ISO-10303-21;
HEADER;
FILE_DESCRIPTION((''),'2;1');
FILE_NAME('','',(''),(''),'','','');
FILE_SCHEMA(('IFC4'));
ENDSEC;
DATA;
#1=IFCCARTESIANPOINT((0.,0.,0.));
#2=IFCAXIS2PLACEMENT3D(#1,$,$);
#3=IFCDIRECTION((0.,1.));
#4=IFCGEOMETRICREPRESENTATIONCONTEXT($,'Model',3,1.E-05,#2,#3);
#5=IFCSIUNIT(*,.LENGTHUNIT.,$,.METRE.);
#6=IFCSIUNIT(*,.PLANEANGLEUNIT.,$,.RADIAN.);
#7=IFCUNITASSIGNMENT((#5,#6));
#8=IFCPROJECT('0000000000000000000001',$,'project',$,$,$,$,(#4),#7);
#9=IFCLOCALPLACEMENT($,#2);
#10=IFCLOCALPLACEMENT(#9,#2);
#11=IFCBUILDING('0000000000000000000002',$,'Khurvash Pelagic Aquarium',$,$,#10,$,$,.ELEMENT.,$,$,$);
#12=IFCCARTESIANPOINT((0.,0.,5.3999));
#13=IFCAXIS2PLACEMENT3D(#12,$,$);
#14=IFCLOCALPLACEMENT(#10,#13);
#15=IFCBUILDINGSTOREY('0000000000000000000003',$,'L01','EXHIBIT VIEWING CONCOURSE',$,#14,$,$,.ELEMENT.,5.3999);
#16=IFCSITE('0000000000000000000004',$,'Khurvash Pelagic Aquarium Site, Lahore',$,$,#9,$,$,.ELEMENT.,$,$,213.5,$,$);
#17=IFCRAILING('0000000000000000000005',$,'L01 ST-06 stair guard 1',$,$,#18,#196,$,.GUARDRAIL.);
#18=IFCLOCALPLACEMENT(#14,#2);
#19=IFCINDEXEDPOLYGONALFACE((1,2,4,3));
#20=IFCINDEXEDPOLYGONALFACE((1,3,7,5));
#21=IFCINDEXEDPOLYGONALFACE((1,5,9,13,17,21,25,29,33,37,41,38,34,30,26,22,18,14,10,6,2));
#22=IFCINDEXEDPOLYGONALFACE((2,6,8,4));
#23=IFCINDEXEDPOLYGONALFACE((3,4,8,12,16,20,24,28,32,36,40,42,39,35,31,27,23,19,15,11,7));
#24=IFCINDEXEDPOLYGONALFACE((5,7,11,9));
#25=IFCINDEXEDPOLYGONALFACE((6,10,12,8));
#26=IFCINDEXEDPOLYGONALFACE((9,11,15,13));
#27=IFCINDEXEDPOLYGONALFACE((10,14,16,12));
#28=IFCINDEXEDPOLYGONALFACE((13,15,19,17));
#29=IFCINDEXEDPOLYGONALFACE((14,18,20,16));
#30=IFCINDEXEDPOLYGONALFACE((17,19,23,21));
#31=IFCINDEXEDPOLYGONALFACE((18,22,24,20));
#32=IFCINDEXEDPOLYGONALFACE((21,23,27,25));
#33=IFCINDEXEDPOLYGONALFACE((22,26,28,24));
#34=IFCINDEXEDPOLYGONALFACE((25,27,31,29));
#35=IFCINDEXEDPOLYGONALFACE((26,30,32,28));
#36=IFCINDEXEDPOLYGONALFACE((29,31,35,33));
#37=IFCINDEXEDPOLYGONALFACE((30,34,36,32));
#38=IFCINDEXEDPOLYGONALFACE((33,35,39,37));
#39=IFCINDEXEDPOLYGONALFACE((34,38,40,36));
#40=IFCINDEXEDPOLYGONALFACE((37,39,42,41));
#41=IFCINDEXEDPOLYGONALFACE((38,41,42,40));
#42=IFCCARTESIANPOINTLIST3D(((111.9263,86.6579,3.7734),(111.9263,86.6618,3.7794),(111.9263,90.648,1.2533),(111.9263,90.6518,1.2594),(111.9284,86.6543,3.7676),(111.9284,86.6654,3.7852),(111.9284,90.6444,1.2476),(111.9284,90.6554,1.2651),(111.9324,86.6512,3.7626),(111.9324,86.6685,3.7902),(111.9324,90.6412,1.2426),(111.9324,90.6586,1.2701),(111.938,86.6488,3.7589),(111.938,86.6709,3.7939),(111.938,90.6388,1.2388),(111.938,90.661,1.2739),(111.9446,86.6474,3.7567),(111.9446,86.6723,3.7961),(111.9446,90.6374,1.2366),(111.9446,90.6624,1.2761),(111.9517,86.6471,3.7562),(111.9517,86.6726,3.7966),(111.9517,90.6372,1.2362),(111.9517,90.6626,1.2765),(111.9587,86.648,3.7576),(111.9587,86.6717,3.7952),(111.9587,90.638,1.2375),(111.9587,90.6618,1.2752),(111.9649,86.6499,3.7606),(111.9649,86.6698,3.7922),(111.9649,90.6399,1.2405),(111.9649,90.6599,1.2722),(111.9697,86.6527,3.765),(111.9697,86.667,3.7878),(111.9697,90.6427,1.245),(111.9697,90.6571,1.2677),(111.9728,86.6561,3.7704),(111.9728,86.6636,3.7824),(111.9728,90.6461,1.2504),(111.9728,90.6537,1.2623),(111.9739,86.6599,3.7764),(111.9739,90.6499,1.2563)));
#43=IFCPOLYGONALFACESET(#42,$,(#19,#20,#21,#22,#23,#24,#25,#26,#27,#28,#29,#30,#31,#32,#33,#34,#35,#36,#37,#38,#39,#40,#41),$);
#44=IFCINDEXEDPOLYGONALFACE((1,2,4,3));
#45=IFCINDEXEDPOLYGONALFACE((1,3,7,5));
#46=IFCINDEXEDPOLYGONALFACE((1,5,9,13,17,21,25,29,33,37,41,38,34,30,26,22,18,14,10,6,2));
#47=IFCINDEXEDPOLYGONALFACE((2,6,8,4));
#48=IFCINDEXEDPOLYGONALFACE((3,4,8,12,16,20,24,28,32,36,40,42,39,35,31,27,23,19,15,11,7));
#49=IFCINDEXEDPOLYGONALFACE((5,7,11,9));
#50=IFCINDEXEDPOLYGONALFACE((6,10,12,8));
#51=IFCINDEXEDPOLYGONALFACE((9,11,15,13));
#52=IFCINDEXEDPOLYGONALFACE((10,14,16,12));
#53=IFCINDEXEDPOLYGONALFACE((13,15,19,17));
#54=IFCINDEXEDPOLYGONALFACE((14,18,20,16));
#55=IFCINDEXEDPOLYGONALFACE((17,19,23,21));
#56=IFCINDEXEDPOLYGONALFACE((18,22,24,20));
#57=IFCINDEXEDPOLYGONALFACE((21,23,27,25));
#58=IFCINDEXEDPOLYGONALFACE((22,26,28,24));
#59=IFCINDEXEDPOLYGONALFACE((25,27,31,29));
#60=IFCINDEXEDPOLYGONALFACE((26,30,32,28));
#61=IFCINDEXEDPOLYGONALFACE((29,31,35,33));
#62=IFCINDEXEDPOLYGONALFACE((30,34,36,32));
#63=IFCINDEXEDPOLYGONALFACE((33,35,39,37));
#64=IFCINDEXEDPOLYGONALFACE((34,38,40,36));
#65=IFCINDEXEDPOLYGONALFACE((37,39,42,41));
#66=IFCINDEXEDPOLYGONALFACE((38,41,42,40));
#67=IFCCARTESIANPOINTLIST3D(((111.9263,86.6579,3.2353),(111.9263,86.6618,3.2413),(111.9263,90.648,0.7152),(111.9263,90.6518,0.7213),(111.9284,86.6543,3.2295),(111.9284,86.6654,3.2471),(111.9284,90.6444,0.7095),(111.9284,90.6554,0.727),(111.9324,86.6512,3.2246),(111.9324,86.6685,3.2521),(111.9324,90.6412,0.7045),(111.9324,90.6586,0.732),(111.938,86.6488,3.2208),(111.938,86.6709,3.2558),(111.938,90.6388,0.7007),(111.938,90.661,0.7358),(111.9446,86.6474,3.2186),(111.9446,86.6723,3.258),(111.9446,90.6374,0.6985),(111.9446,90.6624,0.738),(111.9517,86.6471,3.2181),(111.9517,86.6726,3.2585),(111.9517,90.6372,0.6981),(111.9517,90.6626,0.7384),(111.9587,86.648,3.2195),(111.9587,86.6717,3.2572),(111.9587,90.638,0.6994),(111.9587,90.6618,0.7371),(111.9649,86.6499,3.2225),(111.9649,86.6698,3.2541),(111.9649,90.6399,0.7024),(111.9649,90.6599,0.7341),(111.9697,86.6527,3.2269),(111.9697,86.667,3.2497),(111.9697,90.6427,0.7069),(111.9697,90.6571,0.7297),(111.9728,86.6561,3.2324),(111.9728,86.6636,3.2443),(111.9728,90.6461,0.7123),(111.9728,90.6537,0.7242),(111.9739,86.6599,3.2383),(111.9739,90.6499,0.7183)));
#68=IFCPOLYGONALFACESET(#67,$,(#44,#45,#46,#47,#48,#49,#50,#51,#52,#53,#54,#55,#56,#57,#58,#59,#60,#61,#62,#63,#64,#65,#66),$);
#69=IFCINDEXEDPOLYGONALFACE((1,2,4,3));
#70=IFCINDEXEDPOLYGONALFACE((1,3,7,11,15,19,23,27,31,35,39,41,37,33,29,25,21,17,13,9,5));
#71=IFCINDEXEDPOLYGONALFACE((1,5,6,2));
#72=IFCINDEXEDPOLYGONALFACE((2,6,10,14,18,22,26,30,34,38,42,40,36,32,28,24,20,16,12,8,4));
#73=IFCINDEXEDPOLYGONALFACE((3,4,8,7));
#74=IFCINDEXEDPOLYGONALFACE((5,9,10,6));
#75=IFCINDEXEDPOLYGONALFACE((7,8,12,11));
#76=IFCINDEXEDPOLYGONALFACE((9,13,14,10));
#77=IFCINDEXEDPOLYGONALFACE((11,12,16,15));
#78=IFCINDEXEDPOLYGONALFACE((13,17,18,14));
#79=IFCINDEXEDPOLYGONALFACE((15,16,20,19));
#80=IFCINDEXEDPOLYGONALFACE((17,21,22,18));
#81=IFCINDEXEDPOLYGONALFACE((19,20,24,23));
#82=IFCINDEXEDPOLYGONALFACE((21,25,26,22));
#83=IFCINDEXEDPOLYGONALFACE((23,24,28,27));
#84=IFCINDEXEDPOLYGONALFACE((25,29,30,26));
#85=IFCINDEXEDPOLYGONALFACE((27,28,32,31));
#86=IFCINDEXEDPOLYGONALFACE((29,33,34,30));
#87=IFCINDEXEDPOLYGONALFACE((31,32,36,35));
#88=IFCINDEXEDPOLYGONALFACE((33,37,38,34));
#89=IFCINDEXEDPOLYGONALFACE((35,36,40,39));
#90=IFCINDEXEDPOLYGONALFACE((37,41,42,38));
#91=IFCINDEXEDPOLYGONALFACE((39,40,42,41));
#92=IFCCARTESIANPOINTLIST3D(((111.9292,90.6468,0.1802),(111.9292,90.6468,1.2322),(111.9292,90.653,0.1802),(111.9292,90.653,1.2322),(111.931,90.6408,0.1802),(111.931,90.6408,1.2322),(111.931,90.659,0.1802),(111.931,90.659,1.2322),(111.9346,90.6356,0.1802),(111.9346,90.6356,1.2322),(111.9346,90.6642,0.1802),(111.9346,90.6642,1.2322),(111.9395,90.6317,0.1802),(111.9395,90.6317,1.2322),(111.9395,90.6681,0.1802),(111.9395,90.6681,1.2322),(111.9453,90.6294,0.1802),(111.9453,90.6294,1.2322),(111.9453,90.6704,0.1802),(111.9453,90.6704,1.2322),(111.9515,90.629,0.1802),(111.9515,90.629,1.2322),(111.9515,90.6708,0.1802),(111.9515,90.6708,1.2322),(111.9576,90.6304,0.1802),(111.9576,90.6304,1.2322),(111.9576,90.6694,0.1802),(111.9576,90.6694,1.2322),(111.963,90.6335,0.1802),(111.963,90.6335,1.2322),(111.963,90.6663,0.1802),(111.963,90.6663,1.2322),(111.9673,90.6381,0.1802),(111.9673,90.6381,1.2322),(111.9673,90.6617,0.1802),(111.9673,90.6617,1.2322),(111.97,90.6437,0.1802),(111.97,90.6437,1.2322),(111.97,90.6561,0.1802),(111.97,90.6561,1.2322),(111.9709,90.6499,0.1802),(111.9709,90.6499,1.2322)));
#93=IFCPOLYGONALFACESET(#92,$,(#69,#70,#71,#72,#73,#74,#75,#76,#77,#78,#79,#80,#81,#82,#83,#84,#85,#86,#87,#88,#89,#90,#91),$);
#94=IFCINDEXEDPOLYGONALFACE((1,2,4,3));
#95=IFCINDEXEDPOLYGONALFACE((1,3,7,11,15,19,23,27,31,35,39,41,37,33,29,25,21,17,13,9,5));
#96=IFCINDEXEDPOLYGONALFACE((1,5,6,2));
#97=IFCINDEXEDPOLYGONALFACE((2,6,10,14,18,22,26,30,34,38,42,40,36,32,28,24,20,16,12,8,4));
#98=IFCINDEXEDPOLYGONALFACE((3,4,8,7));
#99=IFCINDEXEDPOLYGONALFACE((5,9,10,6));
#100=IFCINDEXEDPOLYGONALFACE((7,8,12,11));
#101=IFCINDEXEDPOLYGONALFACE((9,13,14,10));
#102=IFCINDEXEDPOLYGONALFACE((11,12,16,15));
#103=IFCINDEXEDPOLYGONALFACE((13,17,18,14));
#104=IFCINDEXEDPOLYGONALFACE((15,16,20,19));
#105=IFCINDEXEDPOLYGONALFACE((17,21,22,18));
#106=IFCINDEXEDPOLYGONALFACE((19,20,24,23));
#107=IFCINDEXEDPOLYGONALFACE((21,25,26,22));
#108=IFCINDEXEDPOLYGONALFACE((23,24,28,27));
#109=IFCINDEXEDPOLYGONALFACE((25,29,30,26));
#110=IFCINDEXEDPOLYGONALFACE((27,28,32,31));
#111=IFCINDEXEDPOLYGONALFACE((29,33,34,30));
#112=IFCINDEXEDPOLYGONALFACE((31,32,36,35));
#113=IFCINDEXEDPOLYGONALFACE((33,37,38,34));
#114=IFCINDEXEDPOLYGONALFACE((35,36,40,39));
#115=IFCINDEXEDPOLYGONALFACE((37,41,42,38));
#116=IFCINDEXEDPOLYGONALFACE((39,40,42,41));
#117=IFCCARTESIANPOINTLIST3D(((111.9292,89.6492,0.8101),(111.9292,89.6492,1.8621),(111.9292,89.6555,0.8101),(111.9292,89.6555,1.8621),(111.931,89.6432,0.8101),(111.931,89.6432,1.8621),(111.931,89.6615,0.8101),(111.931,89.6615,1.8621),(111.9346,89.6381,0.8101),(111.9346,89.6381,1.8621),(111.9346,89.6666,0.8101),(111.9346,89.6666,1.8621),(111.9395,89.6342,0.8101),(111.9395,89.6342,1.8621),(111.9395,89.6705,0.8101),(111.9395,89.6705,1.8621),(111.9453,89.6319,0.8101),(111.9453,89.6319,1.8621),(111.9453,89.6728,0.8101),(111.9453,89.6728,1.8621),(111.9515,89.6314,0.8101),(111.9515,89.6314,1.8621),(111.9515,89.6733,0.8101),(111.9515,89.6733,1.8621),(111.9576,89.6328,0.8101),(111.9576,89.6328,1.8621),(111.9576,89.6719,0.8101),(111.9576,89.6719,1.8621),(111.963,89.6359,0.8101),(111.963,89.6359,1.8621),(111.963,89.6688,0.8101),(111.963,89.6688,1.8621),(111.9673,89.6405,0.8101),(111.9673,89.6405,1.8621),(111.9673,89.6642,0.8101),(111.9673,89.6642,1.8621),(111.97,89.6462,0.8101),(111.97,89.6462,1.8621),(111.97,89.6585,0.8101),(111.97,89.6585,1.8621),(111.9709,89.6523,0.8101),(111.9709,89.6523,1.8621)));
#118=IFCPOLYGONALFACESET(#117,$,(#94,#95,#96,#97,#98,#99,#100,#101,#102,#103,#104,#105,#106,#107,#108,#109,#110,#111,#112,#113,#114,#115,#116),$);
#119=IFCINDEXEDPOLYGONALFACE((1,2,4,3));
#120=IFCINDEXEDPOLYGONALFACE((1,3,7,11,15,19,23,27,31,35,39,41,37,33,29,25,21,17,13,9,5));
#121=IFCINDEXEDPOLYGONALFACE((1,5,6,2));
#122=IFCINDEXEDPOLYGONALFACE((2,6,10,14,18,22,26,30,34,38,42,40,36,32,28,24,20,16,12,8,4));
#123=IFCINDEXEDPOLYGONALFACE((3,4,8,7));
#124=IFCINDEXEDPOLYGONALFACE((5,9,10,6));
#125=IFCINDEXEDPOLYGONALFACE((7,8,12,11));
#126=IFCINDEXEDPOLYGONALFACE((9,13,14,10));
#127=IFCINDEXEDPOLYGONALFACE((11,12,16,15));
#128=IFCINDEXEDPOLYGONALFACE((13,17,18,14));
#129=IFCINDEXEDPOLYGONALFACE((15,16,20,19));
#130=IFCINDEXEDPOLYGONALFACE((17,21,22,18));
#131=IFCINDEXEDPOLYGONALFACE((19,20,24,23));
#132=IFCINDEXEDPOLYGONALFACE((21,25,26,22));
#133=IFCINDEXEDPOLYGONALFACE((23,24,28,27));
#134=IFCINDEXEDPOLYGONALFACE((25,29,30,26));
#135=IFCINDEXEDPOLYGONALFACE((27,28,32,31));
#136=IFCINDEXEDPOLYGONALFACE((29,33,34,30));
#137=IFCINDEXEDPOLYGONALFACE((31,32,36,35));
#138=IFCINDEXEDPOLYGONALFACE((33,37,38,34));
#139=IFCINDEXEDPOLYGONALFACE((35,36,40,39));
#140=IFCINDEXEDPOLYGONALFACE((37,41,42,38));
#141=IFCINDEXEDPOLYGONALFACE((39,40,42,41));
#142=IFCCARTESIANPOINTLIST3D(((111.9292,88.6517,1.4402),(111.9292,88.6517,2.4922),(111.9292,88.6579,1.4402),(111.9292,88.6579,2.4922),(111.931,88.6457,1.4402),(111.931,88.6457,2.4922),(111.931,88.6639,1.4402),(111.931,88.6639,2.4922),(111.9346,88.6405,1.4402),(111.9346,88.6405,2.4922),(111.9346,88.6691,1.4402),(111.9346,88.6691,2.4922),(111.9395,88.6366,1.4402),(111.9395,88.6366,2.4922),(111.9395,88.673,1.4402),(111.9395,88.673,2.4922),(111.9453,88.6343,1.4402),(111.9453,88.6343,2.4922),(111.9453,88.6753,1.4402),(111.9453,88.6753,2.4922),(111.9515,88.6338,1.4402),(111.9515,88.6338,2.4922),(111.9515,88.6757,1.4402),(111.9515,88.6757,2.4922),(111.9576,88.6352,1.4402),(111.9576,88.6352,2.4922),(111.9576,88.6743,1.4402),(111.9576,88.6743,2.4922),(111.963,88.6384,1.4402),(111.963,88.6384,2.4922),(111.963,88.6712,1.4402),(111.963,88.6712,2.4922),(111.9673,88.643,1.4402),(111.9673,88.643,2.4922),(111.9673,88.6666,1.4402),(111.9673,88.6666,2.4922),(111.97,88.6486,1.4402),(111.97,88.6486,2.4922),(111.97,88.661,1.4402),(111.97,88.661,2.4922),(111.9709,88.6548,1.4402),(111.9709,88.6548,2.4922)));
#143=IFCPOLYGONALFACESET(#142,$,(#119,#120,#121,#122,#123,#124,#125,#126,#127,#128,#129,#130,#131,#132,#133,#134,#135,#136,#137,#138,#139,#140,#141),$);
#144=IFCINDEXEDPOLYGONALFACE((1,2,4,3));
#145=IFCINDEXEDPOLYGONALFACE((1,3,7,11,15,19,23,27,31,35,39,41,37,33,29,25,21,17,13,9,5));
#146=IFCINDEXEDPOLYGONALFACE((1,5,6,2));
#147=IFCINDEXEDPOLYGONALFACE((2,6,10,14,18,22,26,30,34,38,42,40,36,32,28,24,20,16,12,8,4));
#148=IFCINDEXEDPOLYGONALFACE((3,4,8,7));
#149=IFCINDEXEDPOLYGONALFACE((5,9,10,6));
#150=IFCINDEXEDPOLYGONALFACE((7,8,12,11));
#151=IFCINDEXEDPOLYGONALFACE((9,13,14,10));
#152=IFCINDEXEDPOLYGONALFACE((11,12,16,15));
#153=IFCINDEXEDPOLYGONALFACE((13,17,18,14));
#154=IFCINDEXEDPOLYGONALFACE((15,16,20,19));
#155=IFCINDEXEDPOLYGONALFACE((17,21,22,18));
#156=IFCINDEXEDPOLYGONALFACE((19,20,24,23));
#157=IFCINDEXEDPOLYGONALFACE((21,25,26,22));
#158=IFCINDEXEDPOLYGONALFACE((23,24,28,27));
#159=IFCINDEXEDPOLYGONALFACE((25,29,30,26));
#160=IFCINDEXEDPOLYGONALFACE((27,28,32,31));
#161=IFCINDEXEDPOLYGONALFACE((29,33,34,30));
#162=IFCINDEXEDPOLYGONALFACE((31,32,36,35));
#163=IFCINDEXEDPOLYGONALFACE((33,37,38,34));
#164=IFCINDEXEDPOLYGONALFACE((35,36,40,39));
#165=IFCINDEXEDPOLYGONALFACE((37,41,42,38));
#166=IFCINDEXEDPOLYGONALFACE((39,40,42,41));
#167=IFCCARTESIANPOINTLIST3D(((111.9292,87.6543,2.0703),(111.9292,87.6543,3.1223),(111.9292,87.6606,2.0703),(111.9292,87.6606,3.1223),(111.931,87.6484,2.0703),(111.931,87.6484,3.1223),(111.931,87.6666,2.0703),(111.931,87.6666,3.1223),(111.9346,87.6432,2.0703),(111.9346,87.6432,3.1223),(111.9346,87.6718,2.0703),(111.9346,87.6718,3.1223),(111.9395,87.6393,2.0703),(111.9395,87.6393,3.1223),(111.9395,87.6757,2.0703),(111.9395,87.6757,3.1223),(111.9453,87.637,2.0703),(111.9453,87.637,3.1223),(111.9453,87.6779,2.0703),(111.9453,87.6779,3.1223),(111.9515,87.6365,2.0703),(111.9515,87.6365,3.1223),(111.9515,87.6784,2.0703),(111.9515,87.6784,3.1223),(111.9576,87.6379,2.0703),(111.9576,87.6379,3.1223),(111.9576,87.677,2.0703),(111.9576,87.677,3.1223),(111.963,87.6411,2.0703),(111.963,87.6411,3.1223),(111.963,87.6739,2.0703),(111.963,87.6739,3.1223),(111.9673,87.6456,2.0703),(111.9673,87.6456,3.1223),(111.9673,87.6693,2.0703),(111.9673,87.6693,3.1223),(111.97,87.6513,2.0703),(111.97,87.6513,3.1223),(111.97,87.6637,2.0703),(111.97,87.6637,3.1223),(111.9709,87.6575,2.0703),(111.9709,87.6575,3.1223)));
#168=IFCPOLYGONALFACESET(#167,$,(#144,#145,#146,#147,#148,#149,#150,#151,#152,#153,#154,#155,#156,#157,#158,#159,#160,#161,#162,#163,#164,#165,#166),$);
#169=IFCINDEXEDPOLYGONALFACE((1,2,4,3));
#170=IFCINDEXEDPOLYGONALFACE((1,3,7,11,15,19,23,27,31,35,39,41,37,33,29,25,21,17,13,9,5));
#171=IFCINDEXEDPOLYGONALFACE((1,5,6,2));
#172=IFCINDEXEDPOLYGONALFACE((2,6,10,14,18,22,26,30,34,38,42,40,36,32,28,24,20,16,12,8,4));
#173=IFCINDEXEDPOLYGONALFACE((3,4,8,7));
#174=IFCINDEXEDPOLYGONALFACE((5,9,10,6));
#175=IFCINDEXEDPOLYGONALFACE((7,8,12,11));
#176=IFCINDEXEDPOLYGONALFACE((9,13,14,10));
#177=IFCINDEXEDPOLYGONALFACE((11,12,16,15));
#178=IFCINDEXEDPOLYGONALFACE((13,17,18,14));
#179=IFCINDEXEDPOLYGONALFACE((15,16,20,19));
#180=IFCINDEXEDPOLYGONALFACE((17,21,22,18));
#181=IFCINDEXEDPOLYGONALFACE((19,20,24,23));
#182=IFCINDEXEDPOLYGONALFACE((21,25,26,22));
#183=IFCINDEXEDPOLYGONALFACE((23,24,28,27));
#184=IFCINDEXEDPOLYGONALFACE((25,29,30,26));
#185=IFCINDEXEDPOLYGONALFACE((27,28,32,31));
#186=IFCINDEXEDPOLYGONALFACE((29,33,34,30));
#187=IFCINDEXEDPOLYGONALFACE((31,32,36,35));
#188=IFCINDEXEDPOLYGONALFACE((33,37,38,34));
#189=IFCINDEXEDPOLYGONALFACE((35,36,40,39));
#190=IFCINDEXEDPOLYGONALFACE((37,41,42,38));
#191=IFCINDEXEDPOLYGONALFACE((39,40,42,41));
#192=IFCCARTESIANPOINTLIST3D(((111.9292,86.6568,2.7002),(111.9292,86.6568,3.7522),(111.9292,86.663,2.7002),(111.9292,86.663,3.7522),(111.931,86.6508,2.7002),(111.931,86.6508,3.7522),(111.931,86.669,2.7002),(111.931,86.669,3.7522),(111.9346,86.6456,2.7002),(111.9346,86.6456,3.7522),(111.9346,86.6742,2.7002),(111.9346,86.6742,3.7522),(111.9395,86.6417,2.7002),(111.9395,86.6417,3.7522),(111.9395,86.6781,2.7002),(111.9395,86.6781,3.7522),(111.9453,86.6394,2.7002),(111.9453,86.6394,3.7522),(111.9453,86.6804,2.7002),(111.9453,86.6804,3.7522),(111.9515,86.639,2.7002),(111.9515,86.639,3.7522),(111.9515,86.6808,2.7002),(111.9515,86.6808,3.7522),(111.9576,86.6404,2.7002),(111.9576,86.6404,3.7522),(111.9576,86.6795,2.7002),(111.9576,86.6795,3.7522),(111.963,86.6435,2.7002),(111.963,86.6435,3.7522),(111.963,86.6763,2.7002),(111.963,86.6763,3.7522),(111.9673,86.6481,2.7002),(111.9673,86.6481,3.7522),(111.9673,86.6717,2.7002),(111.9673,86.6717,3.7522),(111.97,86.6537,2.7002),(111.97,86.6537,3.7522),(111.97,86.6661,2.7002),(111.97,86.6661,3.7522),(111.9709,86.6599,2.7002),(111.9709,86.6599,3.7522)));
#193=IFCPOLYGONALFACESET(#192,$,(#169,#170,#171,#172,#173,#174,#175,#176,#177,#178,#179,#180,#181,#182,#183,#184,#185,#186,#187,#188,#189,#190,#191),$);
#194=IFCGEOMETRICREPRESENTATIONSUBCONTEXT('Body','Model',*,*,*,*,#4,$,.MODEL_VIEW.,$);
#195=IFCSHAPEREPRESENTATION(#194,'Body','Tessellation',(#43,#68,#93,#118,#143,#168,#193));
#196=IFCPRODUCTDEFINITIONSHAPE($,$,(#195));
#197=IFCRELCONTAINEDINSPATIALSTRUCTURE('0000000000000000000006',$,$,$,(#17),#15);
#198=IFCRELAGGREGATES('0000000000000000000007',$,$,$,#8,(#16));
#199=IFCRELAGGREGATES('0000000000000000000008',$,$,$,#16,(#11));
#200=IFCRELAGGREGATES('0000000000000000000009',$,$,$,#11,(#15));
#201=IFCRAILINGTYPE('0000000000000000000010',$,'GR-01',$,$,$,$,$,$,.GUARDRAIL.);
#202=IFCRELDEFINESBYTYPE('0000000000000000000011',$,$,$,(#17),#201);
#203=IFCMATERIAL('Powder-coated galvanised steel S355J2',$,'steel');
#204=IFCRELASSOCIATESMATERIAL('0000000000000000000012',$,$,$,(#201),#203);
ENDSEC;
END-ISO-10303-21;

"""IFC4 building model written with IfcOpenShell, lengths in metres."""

from ifc_helpers import new_model, si_unit, direction, frame, origin, origin_2d, place, context, subcontext, project, spatial, circle, extrude, material, type_object, element, save


model = new_model("IFC4")

# Units and contexts
model_context = context("Model", 3, precision=1e-05, world=origin(), true_north=direction((0.0, 1.0)))
body_context = subcontext(model_context, "Body", "Model", "MODEL_VIEW")
ifc_project = project(units=[si_unit("LENGTHUNIT", "METRE"), si_unit("PLANEANGLEUNIT", "RADIAN")], contexts=[model_context])

# Site, building, storey
site_placement = place(None, origin())
site = spatial("IfcSite", under=ifc_project, at=site_placement, Name="Khurvash Pelagic Aquarium Site, Lahore", CompositionType="ELEMENT", RefElevation=213.5)
building_placement = place(site_placement, origin())
building = spatial("IfcBuilding", under=site, at=building_placement, Name="Khurvash Pelagic Aquarium", CompositionType="ELEMENT")
storey_placement = place(building_placement, frame((0.0, 0.0, 5.3999)))
storey = spatial("IfcBuildingStorey", under=building, at=storey_placement, Name="L01", Description="EXHIBIT VIEWING CONCOURSE", CompositionType="ELEMENT", Elevation=5.3999)

# Railing
ifc_material_1 = material(Name="Powder-coated galvanised steel S355J2", Category="steel")
railing_type_1 = type_object("IfcRailingType", Name="GR-01", PredefinedType="GUARDRAIL", material=ifc_material_1)
railing_1_placement = place(storey_placement, frame((111.95, 90.6499, 0.1802)))
element("IfcRailing", 1, at=railing_1_placement, inside=storey, type_object=railing_type_1, Name="L01 ST-06 stair guard 1", PredefinedType="GUARDRAIL", context=body_context, shape_type="SweptSolid", body=[
    extrude(circle(Radius=0.0239, at=origin_2d()), frame((0.0, 0.0, 1.0762), z_axis=(0.0, -0.845486, 0.533997), x_axis=(1.0, 0.0, 0.0)), (0.0, 0.0, 1.0), 4.7192),
    extrude(circle(Radius=0.0239, at=origin_2d()), frame((0.0, 0.0, 0.5381), z_axis=(0.0, -0.845486, 0.533997), x_axis=(1.0, 0.0, 0.0)), (0.0, 0.0, 1.0), 4.7192),
    extrude(circle(Radius=0.021, at=origin_2d()), origin(), (0.0, 0.0, 1.0), 1.052),
    extrude(circle(Radius=0.021, at=origin_2d()), frame((0.0, -0.9976, 0.6299)), (0.0, 0.0, 1.0), 1.052),
    extrude(circle(Radius=0.021, at=origin_2d()), frame((0.0, -1.9951, 1.26)), (0.0, 0.0, 1.0), 1.052),
    extrude(circle(Radius=0.021, at=origin_2d()), frame((0.0, -2.9924, 1.8901)), (0.0, 0.0, 1.0), 1.052),
    extrude(circle(Radius=0.021, at=origin_2d()), frame((0.0, -3.99, 2.52)), (0.0, 0.0, 1.0), 1.052),
])

save(model, "model.ifc")
